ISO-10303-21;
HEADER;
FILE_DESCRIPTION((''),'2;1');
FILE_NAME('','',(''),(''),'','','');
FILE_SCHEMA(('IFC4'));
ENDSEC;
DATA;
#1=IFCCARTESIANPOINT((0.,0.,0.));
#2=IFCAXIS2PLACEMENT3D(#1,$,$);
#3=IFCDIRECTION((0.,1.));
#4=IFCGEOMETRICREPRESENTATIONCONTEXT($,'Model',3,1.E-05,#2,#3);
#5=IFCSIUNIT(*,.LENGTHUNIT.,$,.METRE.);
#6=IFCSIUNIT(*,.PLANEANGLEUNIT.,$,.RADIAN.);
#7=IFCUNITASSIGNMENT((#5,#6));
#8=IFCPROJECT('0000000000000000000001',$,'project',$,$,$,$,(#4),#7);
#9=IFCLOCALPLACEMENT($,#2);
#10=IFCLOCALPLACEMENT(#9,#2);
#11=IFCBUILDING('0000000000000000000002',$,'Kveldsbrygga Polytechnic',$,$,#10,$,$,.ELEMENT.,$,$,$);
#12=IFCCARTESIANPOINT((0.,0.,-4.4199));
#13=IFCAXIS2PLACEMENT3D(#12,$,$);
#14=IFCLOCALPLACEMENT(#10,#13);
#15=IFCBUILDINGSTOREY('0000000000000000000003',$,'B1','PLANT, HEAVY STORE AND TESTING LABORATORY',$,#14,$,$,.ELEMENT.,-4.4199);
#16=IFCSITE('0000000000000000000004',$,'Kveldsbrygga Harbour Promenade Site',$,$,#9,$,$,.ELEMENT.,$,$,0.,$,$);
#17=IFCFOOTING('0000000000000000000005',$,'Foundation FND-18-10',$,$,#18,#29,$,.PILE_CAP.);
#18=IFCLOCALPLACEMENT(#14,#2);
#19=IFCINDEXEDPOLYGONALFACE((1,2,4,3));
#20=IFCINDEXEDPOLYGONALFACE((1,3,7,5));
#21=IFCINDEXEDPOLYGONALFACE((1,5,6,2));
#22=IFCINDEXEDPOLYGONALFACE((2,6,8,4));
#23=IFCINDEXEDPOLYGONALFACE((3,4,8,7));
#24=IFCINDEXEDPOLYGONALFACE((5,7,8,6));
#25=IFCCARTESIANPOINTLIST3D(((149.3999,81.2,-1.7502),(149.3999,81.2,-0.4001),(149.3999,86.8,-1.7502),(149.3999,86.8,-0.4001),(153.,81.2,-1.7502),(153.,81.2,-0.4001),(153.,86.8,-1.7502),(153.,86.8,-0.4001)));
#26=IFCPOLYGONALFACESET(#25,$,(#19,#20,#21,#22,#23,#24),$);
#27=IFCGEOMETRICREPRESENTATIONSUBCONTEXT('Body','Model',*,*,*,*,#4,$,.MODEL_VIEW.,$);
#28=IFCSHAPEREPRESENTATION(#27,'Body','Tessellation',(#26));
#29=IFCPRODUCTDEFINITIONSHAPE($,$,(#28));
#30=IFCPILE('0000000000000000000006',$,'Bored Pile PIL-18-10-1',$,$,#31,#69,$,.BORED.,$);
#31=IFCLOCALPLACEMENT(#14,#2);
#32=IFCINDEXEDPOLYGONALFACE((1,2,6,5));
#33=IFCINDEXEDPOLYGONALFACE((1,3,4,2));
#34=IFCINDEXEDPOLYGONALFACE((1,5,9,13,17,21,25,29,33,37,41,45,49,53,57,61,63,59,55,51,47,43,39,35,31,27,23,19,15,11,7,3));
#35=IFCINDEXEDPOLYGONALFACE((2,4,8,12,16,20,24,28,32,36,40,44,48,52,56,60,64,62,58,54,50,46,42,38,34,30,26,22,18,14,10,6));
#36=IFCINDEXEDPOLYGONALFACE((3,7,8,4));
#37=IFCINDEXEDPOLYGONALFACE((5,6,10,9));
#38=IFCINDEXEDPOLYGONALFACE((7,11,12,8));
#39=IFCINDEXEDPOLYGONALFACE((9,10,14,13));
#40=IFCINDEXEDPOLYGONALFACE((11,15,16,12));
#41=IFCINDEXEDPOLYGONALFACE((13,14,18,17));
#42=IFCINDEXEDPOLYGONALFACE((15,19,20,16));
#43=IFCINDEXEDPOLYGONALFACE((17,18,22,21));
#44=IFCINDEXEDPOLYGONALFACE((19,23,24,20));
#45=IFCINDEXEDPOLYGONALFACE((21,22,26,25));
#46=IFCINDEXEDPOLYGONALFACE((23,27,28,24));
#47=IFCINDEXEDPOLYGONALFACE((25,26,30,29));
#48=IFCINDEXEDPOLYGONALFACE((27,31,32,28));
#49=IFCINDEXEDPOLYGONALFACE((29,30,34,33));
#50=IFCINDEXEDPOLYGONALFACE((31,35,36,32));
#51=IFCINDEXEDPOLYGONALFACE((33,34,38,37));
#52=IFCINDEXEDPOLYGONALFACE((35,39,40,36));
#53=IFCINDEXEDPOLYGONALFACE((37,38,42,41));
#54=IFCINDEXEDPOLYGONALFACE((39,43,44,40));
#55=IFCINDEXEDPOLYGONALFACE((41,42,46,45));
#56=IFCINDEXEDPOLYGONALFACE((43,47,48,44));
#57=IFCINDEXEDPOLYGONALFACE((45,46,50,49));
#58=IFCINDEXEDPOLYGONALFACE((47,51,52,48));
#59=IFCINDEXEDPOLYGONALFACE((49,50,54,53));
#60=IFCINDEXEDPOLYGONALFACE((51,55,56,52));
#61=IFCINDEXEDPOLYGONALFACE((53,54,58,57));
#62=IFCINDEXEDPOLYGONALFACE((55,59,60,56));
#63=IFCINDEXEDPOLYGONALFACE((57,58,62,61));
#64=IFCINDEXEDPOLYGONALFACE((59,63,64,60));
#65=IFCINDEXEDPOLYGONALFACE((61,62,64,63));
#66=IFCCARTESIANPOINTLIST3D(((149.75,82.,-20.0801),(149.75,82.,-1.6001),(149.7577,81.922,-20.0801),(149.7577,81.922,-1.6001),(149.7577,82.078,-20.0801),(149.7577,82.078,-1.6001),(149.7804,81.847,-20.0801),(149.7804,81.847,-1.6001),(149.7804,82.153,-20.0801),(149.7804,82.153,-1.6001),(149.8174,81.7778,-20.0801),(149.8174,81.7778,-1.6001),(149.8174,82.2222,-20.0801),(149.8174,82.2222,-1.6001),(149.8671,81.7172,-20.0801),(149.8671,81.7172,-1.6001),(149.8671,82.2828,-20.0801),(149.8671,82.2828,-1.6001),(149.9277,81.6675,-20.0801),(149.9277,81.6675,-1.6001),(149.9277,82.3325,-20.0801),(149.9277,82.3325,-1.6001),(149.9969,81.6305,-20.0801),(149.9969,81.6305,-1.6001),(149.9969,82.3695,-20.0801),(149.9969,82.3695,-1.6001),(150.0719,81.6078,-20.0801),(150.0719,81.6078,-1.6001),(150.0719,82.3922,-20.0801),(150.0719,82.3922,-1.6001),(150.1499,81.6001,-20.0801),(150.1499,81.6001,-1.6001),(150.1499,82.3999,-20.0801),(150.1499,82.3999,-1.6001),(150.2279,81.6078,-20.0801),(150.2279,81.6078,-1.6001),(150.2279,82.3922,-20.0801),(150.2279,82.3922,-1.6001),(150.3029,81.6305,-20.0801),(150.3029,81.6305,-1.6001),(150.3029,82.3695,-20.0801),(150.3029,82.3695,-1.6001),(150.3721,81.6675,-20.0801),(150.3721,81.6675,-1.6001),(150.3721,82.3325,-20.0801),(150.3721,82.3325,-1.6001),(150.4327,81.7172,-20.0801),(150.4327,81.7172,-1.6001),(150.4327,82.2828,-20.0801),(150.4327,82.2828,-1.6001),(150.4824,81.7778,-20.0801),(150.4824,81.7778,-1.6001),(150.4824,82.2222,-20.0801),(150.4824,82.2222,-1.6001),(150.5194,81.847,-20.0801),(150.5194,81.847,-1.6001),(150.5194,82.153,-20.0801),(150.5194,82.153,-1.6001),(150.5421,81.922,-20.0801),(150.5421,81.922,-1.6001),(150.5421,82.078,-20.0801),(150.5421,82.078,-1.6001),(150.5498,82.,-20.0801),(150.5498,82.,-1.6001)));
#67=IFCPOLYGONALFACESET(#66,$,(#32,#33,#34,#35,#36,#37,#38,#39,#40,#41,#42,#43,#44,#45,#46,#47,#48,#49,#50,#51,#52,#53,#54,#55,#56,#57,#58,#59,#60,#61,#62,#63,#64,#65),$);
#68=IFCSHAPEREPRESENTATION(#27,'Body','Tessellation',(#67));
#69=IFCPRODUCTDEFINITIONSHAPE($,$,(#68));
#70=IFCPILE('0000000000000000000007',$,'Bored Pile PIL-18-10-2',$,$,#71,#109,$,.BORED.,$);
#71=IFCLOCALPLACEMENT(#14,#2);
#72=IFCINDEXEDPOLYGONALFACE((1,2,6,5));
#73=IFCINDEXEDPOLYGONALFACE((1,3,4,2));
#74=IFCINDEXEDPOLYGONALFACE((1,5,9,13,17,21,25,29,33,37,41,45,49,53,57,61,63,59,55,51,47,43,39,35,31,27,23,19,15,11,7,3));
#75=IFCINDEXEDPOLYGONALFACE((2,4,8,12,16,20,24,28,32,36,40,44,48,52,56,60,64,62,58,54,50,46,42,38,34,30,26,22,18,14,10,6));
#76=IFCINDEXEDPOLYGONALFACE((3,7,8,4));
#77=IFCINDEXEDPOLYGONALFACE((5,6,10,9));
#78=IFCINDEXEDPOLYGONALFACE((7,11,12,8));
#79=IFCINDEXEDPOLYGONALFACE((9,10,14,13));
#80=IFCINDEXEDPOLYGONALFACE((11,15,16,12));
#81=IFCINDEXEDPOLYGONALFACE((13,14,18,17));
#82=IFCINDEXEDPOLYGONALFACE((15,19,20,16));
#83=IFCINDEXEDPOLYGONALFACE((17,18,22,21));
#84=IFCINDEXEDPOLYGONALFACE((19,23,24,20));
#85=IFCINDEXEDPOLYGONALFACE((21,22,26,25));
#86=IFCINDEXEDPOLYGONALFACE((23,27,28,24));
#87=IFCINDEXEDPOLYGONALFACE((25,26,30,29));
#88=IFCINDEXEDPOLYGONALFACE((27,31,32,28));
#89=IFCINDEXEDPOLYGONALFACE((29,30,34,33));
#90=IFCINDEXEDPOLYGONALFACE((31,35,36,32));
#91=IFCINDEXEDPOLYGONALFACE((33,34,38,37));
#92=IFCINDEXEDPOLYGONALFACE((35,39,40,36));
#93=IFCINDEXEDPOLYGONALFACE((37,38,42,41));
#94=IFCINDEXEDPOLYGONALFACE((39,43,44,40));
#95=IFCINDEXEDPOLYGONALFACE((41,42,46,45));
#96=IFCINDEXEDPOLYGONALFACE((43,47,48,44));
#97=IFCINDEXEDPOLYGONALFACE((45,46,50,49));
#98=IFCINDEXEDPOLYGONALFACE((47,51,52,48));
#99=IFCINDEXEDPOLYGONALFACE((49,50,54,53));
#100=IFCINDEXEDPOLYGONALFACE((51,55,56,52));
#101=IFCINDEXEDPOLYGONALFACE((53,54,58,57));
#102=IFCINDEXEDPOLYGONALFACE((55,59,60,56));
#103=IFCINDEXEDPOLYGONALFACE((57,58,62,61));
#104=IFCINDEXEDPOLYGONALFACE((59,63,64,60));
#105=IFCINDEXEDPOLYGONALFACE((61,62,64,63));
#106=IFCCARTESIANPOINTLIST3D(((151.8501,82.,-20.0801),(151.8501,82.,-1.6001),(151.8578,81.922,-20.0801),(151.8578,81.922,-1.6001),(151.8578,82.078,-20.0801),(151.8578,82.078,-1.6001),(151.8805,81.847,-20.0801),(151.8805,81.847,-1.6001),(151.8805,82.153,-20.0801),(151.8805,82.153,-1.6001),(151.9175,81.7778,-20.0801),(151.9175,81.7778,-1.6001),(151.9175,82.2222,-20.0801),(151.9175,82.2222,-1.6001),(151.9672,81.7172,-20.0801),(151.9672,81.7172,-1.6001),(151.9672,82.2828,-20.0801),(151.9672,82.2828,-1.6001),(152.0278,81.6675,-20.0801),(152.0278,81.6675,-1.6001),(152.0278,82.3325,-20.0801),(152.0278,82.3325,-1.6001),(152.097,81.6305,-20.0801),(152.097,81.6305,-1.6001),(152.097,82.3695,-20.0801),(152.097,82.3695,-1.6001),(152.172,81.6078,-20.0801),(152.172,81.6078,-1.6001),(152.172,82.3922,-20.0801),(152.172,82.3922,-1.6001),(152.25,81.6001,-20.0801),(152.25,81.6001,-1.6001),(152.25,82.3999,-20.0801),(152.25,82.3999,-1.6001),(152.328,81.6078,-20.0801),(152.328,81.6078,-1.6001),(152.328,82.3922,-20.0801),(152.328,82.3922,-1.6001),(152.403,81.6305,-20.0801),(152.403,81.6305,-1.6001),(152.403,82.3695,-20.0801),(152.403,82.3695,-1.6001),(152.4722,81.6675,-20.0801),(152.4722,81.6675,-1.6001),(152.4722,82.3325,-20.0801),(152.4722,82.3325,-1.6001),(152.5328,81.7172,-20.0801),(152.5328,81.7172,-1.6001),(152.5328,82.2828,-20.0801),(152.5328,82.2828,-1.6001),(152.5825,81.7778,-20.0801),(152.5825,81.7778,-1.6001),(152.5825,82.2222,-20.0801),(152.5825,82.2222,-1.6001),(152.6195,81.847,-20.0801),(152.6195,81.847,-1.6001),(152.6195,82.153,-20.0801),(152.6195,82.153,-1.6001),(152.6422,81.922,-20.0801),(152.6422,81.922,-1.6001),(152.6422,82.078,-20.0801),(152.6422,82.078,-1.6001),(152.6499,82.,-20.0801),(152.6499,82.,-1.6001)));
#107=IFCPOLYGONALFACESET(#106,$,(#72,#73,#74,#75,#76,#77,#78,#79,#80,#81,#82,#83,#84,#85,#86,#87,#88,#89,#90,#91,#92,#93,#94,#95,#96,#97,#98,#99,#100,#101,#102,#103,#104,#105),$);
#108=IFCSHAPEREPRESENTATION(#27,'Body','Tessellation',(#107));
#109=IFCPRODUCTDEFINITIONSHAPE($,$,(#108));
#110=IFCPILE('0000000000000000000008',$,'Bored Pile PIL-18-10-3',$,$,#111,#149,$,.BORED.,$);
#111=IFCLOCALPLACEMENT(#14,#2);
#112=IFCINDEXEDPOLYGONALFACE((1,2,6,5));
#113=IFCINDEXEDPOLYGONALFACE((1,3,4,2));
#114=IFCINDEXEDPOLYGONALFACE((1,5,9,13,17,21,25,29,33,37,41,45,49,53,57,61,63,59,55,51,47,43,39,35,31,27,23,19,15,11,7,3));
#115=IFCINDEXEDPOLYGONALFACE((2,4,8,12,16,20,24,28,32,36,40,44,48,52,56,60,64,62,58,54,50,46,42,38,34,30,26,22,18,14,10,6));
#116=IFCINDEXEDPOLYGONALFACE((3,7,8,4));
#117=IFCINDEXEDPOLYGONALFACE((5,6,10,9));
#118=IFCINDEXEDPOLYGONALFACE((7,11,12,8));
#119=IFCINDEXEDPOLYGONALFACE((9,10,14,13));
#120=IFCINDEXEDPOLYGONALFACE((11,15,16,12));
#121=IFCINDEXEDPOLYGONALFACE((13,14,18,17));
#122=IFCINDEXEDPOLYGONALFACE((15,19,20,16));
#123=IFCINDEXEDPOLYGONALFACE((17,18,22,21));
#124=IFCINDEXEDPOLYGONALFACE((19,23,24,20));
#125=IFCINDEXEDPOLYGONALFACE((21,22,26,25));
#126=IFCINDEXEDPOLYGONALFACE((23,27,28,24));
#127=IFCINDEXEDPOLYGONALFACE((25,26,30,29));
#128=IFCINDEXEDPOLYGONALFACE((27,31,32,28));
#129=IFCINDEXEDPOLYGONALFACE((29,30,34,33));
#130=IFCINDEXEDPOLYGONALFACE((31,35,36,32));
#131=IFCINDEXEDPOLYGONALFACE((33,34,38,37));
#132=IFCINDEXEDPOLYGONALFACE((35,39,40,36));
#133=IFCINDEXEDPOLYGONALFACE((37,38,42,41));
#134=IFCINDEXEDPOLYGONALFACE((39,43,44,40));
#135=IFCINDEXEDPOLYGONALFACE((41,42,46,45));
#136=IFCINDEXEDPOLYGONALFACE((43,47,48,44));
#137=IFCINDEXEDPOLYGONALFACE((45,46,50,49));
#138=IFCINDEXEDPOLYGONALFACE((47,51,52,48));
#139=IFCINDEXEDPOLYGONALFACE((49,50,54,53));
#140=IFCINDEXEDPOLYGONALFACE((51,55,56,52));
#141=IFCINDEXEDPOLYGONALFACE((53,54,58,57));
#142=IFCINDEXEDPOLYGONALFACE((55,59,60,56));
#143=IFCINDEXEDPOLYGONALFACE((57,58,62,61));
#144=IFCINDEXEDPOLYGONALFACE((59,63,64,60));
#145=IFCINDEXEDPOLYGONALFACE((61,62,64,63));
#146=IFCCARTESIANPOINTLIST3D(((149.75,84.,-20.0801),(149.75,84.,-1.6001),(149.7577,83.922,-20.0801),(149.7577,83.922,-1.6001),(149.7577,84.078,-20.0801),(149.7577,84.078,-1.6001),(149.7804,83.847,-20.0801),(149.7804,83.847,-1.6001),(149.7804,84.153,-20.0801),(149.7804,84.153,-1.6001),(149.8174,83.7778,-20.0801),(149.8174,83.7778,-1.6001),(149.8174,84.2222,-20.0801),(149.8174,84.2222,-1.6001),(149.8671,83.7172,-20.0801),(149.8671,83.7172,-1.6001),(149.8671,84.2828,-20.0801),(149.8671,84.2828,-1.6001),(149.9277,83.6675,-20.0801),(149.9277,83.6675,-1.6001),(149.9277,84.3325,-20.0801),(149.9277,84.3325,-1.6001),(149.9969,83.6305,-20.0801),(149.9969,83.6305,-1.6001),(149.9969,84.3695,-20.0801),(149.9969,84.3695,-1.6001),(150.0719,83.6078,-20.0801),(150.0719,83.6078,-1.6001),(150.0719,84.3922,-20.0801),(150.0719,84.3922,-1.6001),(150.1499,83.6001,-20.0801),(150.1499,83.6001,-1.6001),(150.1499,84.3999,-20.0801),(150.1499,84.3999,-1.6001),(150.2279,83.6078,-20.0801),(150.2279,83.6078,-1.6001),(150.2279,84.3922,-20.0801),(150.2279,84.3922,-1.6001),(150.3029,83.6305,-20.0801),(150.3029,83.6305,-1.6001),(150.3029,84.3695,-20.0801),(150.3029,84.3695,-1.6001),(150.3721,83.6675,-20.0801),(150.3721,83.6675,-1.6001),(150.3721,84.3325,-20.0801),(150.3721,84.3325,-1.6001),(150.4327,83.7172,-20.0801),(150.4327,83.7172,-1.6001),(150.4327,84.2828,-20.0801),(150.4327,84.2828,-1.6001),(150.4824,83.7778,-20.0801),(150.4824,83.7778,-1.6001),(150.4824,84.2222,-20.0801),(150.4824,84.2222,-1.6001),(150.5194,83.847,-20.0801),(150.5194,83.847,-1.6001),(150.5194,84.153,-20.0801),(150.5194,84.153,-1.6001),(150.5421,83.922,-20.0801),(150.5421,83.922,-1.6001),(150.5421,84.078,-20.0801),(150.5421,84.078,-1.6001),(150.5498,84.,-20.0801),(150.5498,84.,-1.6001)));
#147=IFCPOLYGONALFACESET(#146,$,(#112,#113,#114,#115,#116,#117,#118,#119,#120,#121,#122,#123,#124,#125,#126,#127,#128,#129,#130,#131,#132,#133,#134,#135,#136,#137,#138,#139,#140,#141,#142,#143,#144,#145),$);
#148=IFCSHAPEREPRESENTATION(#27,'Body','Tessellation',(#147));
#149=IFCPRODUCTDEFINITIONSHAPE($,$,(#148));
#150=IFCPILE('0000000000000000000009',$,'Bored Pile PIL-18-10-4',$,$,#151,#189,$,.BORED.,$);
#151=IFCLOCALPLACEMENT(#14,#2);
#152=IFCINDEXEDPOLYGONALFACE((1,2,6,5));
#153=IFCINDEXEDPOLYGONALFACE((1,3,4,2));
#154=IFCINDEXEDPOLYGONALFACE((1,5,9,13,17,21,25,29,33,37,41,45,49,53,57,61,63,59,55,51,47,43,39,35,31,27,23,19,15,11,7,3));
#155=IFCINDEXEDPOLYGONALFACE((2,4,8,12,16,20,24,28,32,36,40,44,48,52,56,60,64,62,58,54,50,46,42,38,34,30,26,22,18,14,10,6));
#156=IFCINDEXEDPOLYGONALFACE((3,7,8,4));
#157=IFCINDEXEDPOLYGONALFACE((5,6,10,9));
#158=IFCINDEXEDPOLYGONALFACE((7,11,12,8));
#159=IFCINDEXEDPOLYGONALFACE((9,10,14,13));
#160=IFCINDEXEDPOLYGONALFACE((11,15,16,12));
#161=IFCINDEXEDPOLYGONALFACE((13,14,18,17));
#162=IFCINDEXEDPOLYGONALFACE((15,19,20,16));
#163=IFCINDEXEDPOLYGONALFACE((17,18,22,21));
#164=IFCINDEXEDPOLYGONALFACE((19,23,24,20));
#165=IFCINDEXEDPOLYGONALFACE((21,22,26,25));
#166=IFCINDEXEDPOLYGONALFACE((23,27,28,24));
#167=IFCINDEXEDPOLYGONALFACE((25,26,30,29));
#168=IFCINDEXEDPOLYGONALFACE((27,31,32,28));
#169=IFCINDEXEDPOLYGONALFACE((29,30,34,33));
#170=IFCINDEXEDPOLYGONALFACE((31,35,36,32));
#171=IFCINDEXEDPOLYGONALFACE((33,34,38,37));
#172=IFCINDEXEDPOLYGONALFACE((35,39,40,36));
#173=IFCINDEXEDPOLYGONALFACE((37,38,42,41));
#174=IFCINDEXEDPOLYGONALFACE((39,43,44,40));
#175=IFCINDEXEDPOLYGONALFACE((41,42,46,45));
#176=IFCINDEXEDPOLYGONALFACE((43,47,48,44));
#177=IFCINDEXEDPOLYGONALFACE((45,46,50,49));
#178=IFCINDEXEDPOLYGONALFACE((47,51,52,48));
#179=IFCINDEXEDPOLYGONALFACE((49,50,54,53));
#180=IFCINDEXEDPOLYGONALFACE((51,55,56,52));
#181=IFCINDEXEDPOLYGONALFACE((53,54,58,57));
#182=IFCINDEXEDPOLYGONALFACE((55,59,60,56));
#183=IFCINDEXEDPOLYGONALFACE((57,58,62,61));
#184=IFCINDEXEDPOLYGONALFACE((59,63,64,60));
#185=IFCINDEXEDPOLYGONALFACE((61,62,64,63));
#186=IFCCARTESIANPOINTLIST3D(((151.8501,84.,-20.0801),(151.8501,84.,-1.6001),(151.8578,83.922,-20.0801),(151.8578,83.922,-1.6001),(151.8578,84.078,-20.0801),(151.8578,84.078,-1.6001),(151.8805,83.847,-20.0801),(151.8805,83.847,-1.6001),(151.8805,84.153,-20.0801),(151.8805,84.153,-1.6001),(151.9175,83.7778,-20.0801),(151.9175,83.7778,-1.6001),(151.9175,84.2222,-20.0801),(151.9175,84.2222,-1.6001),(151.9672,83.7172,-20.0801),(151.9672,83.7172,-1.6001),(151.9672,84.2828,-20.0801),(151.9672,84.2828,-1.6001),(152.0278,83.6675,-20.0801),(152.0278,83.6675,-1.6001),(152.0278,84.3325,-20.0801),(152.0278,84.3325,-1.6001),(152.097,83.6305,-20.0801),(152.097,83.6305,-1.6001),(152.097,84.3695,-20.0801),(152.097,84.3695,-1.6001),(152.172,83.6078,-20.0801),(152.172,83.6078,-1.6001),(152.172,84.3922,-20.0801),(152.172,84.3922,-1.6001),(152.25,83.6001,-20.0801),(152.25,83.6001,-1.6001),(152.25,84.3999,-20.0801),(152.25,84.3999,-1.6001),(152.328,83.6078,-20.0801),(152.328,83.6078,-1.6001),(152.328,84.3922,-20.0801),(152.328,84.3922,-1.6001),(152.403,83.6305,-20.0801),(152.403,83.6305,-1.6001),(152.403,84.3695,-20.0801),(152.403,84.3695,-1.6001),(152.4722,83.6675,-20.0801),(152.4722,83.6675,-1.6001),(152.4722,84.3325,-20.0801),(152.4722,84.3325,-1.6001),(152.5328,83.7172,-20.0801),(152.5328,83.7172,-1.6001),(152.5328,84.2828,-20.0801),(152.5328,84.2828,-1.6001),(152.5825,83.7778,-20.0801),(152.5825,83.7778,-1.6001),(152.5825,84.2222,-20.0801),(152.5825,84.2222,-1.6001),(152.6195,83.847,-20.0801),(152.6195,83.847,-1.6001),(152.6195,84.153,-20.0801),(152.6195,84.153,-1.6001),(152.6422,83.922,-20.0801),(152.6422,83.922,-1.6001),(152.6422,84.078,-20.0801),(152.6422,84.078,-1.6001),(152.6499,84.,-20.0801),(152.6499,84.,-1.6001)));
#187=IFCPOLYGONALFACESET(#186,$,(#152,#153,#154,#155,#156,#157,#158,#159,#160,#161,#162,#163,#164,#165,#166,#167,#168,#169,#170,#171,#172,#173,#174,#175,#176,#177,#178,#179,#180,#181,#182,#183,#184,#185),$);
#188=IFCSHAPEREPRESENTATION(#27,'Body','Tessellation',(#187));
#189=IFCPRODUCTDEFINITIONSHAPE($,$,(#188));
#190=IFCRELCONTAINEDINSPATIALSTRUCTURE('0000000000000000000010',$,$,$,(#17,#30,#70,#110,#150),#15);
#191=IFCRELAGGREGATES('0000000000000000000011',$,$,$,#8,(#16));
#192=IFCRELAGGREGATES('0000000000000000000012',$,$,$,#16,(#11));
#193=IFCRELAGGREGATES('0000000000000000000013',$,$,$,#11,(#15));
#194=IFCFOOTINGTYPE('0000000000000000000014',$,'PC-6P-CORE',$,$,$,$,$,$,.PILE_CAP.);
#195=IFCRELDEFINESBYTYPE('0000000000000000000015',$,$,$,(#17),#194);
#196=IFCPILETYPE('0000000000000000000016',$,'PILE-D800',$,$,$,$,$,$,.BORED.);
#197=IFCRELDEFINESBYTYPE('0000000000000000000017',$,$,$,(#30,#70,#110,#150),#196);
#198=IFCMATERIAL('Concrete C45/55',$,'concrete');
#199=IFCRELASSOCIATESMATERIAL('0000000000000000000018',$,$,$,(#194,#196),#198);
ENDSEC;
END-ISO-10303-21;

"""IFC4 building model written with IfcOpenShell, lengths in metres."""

from ifc_helpers import new_model, si_unit, direction, frame, origin, origin_2d, place, context, subcontext, project, spatial, rectangle, circle, extrude, material, material_profile, profile_set, type_object, element, save


model = new_model("IFC4")

# Units and contexts
model_context = context("Model", 3, precision=1e-05, world=origin(), true_north=direction((0.0, 1.0)))
body_context = subcontext(model_context, "Body", "Model", "MODEL_VIEW")
ifc_project = project(units=[si_unit("LENGTHUNIT", "METRE"), si_unit("PLANEANGLEUNIT", "RADIAN")], contexts=[model_context])

# Site, building, storey
site_placement = place(None, origin())
site = spatial("IfcSite", under=ifc_project, at=site_placement, Name="Kveldsbrygga Harbour Promenade Site", CompositionType="ELEMENT", RefElevation=0.0)
building_placement = place(site_placement, origin())
building = spatial("IfcBuilding", under=site, at=building_placement, Name="Kveldsbrygga Polytechnic", CompositionType="ELEMENT")
storey_placement = place(building_placement, frame((0.0, 0.0, -4.4199)))
storey = spatial("IfcBuildingStorey", under=building, at=storey_placement, Name="B1", Description="PLANT, HEAVY STORE AND TESTING LABORATORY", CompositionType="ELEMENT", Elevation=-4.4199)

# Footing
ifc_material_1 = material(Name="Concrete C45/55", Category="concrete")
footing_type = type_object("IfcFootingType", Name="PC-6P-CORE", PredefinedType="PILE_CAP", material=ifc_material_1)
footing_placement = place(storey_placement, frame((151.2, 84.0, -1.7502), z_axis=(0.0, 0.0, 1.0), x_axis=(1.0, 0.0, 0.0)))
element("IfcFooting", 1, at=footing_placement, inside=storey, type_object=footing_type, Name="Foundation FND-18-10", PredefinedType="PILE_CAP", context=body_context, shape_type="SweptSolid", body=[
    extrude(rectangle(XDim=3.6001, YDim=5.6001, at=origin_2d()), origin(), (0.0, 0.0, 1.0), 1.3501),
])

# Piles
ifc_material_profile_1 = material_profile(ifc_material_1, circle(Radius=0.3999, at=origin_2d()), Name="PILE D800")
ifc_profile_set_1 = profile_set([ifc_material_profile_1], Name="Concrete C45/55")
pile_type = type_object("IfcPileType", Name="PILE-D800", PredefinedType="BORED", material=ifc_profile_set_1)
for number, where, z_axis, x_axis, name in (
    (2, (150.1499, 82.0, -1.6001), (0.0, 0.0, -1.0), (1.0, 0.0, 0.0), "Bored Pile PIL-18-10-1"),
    (3, (152.25, 82.0, -1.6001), (0.0, 0.0, -1.0), (1.0, 0.0, 0.0), "Bored Pile PIL-18-10-2"),
    (4, (150.1499, 84.0, -1.6001), (0.0, 0.0, -1.0), (1.0, 0.0, 0.0), "Bored Pile PIL-18-10-3"),
    (5, (152.25, 84.0, -1.6001), (0.0, 0.0, -1.0), (1.0, 0.0, 0.0), "Bored Pile PIL-18-10-4"),
):
    element("IfcPile", number, at=place(storey_placement, frame(where, z_axis=z_axis, x_axis=x_axis)), inside=storey, type_object=pile_type, Name=name, PredefinedType="BORED", context=body_context, shape_type="SweptSolid", body=[
        extrude(circle(Radius=0.3999, at=origin_2d()), origin(), (0.0, 0.0, 1.0), 18.48),
    ])

save(model, "model.ifc")
